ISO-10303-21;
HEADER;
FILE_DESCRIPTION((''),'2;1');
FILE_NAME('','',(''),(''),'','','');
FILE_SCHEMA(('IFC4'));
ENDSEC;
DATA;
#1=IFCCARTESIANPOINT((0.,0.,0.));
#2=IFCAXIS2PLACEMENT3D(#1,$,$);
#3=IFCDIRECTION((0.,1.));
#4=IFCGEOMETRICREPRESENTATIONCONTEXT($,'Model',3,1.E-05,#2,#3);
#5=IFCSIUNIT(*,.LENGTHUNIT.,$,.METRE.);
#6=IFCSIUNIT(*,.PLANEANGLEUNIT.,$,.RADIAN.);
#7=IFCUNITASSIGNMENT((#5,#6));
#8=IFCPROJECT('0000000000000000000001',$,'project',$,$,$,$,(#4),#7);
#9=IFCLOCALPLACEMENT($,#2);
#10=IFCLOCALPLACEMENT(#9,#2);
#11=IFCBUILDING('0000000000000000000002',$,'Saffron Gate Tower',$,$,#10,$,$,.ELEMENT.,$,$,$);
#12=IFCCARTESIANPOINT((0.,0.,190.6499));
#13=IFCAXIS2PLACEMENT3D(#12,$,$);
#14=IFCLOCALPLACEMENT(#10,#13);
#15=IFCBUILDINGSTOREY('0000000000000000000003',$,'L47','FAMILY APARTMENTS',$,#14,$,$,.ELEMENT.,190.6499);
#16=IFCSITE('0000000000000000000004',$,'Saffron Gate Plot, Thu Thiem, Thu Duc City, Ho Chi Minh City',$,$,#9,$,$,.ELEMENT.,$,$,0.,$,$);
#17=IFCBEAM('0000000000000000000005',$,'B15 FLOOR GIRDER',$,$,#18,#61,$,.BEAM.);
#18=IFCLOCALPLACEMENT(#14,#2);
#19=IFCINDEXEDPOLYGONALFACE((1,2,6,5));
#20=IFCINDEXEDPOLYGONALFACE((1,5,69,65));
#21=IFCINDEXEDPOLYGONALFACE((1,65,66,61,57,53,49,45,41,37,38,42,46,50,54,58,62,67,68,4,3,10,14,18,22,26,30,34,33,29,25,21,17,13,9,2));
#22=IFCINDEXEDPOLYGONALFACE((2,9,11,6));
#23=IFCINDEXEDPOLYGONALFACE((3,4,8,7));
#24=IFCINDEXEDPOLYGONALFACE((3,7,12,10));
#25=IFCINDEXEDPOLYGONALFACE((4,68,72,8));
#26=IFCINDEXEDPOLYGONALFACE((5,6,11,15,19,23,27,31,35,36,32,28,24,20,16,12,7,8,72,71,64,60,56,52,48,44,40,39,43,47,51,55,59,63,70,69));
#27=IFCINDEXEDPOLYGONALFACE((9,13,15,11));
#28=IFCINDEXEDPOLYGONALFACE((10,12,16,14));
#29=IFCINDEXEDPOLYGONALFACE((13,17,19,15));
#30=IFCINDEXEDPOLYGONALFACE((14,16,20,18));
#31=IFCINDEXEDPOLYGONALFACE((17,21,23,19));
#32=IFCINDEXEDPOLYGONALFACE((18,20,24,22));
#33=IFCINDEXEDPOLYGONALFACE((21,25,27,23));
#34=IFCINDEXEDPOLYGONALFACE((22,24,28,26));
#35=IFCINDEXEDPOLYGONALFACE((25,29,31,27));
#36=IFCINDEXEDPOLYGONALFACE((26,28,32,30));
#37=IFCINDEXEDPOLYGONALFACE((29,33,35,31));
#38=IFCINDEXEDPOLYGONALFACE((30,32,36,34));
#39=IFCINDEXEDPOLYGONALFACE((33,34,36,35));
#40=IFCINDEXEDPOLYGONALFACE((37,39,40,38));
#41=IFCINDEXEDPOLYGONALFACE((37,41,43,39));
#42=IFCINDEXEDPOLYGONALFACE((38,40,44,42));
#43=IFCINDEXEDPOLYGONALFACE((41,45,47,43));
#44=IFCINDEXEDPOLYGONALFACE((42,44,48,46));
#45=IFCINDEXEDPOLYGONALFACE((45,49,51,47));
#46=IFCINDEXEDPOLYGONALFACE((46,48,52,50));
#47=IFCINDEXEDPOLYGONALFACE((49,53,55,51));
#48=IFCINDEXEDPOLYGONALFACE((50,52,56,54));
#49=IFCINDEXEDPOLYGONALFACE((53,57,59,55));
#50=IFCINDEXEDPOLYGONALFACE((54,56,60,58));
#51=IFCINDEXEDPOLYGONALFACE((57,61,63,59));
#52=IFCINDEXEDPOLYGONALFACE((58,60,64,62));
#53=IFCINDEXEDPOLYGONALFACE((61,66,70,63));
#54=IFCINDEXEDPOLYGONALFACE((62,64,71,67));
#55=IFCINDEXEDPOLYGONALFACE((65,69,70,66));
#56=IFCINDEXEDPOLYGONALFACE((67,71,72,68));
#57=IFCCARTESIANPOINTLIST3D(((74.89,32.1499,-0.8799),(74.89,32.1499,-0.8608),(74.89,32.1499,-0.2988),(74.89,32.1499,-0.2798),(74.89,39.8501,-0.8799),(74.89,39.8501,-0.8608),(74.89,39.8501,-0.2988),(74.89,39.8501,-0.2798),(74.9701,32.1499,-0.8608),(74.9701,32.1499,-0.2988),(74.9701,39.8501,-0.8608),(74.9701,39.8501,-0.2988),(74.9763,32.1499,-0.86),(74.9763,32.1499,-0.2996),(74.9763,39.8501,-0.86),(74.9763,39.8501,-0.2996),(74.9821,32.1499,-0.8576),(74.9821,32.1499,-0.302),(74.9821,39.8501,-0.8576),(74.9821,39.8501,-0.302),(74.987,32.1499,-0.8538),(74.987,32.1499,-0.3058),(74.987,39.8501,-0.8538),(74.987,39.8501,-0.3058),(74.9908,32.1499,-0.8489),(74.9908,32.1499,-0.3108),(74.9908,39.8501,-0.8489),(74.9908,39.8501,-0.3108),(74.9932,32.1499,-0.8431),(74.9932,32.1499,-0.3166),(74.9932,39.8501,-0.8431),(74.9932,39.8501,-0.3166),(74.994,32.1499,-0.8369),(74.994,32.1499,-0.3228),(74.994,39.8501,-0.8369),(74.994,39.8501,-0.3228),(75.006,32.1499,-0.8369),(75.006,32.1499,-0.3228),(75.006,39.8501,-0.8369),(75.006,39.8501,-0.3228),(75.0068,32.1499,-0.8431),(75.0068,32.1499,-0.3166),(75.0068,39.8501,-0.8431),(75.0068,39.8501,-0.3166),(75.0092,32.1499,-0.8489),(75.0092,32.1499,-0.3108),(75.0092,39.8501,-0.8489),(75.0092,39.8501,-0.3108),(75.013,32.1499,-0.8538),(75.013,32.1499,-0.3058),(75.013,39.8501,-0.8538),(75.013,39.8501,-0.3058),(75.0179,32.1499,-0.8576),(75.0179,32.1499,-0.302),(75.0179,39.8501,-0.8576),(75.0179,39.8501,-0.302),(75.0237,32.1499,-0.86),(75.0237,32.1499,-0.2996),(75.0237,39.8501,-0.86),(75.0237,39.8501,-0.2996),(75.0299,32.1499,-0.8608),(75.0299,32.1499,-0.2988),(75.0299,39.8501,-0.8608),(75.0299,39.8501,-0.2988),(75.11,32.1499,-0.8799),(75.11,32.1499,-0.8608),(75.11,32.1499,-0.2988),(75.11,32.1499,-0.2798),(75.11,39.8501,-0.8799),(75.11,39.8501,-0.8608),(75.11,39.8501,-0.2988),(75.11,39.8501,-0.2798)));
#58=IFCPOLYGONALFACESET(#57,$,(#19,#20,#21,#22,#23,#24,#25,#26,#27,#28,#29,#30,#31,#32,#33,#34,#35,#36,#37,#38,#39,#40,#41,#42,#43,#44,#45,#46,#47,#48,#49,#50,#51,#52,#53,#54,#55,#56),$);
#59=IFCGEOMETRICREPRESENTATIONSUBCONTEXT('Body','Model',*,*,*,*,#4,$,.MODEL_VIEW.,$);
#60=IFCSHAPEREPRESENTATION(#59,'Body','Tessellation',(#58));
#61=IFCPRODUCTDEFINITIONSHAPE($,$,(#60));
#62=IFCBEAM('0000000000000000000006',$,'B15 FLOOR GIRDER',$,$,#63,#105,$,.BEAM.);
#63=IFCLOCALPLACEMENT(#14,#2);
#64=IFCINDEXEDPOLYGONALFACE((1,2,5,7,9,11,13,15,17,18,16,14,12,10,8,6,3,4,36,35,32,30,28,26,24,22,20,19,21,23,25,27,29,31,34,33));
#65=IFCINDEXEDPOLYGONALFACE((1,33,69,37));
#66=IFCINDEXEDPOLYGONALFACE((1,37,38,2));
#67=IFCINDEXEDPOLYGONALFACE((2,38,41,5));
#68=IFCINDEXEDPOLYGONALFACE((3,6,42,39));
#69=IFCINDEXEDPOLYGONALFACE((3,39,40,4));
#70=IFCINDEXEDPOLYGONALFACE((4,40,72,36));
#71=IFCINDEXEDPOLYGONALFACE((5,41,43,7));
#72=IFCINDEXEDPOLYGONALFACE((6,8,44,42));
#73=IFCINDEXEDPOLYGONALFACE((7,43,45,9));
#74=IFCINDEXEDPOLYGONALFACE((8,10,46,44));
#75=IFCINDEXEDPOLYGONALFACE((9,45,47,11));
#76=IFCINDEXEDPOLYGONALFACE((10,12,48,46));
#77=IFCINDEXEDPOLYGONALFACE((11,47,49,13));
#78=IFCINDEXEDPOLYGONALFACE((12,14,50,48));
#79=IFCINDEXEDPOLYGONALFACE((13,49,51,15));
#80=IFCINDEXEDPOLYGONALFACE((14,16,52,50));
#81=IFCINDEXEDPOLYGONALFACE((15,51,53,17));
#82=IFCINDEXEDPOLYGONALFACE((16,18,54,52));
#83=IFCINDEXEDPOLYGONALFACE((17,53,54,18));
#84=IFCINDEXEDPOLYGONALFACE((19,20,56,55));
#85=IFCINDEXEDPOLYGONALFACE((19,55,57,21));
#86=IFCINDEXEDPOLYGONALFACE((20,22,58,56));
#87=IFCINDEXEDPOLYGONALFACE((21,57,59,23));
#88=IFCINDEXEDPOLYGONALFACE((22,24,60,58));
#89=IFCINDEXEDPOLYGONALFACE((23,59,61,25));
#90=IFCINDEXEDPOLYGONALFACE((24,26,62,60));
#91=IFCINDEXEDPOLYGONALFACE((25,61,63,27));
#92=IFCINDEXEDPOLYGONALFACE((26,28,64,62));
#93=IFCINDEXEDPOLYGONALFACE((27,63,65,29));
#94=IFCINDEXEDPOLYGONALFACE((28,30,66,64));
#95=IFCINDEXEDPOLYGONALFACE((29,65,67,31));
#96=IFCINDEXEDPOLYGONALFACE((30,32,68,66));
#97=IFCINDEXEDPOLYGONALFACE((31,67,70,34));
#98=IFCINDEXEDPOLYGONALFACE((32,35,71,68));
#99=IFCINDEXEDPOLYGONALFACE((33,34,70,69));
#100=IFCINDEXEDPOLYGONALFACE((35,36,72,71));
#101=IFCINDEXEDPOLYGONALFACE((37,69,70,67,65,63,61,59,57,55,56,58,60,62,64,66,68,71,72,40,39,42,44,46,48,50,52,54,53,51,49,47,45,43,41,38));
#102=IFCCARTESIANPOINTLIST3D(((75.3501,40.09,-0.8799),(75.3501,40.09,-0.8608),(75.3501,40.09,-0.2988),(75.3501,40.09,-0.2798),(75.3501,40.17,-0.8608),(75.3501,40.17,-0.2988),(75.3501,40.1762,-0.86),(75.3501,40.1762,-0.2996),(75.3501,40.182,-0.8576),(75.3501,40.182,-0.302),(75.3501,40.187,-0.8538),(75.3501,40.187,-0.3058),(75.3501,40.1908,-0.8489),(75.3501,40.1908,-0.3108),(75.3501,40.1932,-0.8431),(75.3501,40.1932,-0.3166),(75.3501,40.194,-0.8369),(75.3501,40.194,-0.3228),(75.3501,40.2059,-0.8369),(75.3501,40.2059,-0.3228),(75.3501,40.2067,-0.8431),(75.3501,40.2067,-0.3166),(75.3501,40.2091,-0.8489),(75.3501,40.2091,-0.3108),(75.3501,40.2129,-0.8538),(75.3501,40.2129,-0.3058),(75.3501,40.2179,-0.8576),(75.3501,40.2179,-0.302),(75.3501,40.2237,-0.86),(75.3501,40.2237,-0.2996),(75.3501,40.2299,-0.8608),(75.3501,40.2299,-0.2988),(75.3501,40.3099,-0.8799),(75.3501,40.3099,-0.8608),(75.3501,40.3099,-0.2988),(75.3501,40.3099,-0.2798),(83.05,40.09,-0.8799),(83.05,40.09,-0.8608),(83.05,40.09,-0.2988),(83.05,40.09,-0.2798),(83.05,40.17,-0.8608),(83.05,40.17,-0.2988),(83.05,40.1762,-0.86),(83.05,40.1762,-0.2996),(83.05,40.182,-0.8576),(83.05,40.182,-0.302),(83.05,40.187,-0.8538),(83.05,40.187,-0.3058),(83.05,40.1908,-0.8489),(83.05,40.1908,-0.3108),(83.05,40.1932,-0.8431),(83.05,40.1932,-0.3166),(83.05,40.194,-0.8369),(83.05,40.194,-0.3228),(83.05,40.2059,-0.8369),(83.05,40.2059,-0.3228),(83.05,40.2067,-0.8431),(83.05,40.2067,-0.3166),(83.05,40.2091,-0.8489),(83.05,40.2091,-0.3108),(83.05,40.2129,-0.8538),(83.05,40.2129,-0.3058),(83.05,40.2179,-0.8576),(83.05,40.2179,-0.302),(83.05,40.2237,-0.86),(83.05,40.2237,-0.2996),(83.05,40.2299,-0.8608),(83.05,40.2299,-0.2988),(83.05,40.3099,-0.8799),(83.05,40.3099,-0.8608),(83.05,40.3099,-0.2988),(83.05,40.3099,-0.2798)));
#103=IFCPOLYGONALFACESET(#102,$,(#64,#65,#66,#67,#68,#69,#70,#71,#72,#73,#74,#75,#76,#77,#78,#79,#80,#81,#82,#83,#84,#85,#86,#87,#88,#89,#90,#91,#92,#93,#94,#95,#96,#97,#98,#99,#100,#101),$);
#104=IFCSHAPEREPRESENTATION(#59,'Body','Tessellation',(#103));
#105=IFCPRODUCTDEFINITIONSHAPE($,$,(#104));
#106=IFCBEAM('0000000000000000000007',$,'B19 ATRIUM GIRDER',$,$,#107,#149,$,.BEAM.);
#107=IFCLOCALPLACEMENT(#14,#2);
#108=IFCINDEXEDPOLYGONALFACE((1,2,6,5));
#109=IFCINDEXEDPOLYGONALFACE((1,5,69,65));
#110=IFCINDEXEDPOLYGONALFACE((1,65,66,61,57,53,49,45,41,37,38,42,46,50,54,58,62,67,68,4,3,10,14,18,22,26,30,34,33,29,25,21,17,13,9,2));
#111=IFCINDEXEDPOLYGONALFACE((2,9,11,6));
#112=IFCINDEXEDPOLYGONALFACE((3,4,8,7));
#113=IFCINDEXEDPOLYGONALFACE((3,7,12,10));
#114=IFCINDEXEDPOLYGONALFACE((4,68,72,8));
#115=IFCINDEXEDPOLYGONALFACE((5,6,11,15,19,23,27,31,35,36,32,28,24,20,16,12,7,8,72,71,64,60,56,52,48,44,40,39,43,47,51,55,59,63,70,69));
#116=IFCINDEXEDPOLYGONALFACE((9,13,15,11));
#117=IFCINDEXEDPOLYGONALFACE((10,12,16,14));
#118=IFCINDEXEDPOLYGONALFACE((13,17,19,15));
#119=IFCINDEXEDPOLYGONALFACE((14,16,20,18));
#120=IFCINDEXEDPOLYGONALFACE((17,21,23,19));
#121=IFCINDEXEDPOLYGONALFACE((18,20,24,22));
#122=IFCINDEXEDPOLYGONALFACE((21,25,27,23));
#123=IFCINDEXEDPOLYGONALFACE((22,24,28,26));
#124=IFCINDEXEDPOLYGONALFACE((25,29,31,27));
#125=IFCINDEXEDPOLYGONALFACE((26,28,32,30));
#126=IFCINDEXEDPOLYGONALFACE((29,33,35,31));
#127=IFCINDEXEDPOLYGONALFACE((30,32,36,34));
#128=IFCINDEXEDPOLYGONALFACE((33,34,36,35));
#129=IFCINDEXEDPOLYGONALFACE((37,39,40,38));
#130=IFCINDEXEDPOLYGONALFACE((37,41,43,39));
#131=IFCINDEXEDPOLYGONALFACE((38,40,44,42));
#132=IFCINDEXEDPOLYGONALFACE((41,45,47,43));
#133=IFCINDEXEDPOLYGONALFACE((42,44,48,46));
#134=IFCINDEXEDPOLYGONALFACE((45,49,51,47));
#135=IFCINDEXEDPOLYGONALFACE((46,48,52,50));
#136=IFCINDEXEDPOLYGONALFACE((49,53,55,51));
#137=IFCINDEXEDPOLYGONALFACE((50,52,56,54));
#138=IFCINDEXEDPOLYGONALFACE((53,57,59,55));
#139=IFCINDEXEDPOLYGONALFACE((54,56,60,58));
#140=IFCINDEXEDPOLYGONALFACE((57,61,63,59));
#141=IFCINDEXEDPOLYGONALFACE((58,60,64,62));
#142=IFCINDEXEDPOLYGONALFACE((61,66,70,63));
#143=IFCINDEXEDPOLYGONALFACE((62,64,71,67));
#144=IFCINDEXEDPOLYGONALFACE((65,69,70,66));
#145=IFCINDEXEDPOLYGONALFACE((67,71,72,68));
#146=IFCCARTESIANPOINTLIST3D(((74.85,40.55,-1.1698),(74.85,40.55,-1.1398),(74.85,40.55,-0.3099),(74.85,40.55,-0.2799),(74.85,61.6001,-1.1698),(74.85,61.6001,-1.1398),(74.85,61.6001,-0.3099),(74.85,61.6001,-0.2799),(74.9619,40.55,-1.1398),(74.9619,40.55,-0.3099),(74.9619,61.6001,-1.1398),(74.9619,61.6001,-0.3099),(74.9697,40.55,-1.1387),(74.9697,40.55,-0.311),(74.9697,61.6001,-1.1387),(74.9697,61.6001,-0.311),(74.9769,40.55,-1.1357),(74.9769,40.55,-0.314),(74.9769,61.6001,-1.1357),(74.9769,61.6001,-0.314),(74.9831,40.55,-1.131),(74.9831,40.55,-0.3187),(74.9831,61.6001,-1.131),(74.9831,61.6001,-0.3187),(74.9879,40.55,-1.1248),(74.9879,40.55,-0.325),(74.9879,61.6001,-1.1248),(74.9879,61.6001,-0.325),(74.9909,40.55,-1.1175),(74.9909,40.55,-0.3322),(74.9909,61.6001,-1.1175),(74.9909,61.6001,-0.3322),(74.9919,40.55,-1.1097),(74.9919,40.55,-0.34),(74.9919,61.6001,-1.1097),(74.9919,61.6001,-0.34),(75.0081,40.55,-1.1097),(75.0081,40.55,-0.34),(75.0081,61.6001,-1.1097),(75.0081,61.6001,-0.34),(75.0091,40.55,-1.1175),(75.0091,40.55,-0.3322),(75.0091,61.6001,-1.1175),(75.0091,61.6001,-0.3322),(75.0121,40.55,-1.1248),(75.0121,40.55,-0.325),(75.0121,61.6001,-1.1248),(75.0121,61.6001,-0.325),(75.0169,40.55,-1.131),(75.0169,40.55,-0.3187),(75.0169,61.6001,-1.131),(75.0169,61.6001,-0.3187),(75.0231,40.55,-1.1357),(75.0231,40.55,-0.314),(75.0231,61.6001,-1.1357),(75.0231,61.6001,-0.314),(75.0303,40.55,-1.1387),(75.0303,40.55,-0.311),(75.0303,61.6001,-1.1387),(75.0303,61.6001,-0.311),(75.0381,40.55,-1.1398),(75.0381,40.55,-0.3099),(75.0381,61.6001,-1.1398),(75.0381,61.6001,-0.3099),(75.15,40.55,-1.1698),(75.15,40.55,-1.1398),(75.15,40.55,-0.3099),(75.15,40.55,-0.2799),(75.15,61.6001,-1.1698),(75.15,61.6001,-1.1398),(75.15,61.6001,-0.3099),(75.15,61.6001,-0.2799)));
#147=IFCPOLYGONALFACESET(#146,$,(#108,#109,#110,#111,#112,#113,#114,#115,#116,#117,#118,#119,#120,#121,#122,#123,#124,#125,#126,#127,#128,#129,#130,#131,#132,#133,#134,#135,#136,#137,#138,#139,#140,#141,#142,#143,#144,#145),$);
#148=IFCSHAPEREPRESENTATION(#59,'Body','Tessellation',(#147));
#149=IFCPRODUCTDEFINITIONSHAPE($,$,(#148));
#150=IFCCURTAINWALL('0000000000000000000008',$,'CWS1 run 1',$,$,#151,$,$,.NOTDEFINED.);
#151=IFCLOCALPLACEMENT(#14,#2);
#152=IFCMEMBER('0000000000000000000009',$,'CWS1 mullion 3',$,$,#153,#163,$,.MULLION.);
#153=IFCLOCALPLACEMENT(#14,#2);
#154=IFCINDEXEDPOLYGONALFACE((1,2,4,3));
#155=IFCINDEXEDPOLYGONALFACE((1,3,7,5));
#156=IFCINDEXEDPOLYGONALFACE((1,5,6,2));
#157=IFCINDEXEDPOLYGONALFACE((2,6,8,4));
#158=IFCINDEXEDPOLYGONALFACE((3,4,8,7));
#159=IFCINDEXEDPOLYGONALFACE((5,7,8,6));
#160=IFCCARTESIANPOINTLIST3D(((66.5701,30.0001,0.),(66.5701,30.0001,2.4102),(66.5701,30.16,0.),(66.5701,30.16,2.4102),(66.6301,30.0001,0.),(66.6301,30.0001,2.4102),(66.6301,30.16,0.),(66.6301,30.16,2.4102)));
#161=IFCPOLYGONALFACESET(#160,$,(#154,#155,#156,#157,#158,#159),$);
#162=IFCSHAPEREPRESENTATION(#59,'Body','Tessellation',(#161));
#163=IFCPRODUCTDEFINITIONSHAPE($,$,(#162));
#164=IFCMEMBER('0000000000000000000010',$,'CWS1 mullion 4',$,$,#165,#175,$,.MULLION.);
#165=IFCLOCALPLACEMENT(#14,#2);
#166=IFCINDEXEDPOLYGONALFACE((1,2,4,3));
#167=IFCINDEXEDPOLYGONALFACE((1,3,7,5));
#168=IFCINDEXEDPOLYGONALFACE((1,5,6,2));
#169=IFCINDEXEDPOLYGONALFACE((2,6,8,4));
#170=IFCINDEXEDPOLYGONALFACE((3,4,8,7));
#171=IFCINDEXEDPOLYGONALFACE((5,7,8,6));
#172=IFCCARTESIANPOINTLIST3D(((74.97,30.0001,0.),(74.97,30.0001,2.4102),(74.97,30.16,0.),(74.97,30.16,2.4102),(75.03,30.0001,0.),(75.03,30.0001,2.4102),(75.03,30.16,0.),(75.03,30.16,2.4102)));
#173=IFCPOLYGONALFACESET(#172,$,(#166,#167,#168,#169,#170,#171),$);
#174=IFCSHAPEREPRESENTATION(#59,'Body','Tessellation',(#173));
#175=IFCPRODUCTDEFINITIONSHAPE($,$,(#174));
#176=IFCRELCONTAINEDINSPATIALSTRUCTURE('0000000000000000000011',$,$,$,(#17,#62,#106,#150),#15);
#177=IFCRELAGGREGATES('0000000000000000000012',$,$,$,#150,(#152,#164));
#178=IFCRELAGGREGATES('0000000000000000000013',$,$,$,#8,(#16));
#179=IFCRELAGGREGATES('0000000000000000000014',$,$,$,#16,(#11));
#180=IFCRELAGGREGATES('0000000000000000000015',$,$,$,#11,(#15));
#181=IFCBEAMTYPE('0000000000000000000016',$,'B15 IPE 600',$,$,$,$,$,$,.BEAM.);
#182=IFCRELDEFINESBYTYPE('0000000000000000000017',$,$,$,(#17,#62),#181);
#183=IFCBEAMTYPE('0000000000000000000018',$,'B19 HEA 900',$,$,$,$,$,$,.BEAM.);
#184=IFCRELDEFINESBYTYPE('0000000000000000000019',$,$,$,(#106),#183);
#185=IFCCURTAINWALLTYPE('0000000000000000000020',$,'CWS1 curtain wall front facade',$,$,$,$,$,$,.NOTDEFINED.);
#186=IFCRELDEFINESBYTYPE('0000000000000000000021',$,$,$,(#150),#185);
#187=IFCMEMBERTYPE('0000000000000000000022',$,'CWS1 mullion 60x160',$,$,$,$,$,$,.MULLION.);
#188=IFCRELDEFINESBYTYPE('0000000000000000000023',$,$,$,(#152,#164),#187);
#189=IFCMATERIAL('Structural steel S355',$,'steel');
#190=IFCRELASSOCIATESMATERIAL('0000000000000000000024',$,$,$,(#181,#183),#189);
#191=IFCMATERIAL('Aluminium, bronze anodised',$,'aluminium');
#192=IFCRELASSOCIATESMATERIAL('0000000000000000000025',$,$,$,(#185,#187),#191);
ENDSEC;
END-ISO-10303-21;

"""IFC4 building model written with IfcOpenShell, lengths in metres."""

from ifc_helpers import new_model, si_unit, direction, frame, origin, origin_2d, place, context, subcontext, project, spatial, rectangle, i_section, extrude, material, material_profile, profile_set, type_object, element, aggregate, save


model = new_model("IFC4")

# Units and contexts
model_context = context("Model", 3, precision=1e-05, world=origin(), true_north=direction((0.0, 1.0)))
body_context = subcontext(model_context, "Body", "Model", "MODEL_VIEW")
ifc_project = project(units=[si_unit("LENGTHUNIT", "METRE"), si_unit("PLANEANGLEUNIT", "RADIAN")], contexts=[model_context])

# Site, building, storey
site_placement = place(None, origin())
site = spatial("IfcSite", under=ifc_project, at=site_placement, Name="Saffron Gate Plot, Thu Thiem, Thu Duc City, Ho Chi Minh City", CompositionType="ELEMENT", RefElevation=0.0)
building_placement = place(site_placement, origin())
building = spatial("IfcBuilding", under=site, at=building_placement, Name="Saffron Gate Tower", CompositionType="ELEMENT")
storey_placement = place(building_placement, frame((0.0, 0.0, 190.6499)))
storey = spatial("IfcBuildingStorey", under=building, at=storey_placement, Name="L47", Description="FAMILY APARTMENTS", CompositionType="ELEMENT", Elevation=190.6499)

# Beams
ifc_material_1 = material(Name="Structural steel S355", Category="steel")
ifc_material_profile_1 = material_profile(ifc_material_1, i_section(OverallWidth=0.22, OverallDepth=0.6001, WebThickness=0.012, FlangeThickness=0.019, FilletRadius=0.0239, at=origin_2d()))
ifc_profile_set_1 = profile_set([ifc_material_profile_1], Name="Structural steel S355")
beam_type_1 = type_object("IfcBeamType", Name="B15 IPE 600", PredefinedType="BEAM", material=ifc_profile_set_1)
beam_1_placement = place(storey_placement, frame((75.0, 32.1499, -0.5798), z_axis=(0.0, 1.0, 0.0), x_axis=(-1.0, 0.0, 0.0)))
element("IfcBeam", 1, at=beam_1_placement, inside=storey, type_object=beam_type_1, Name="B15 FLOOR GIRDER", PredefinedType="BEAM", context=body_context, shape_type="SweptSolid", body=[
    extrude(i_section(OverallWidth=0.22, OverallDepth=0.6001, WebThickness=0.012, FlangeThickness=0.019, FilletRadius=0.0239, at=origin_2d()), origin(), (0.0, 0.0, 1.0), 7.7002),
])
beam_2_placement = place(storey_placement, frame((75.3501, 40.2, -0.5798), z_axis=(1.0, 0.0, 0.0), x_axis=(0.0, 1.0, 0.0)))
element("IfcBeam", 2, at=beam_2_placement, inside=storey, type_object=beam_type_1, Name="B15 FLOOR GIRDER", PredefinedType="BEAM", context=body_context, shape_type="SweptSolid", body=[
    extrude(i_section(OverallWidth=0.22, OverallDepth=0.6001, WebThickness=0.012, FlangeThickness=0.019, FilletRadius=0.0239, at=origin_2d()), origin(), (0.0, 0.0, 1.0), 7.7),
])
ifc_material_profile_2 = material_profile(ifc_material_1, i_section(OverallWidth=0.3, OverallDepth=0.8899, WebThickness=0.0161, FlangeThickness=0.03, FilletRadius=0.03, at=origin_2d()))
ifc_profile_set_2 = profile_set([ifc_material_profile_2], Name="Structural steel S355")
beam_type_2 = type_object("IfcBeamType", Name="B19 HEA 900", PredefinedType="BEAM", material=ifc_profile_set_2)
beam_3_placement = place(storey_placement, frame((75.0, 40.55, -0.7249), z_axis=(0.0, 1.0, 0.0), x_axis=(-1.0, 0.0, 0.0)))
element("IfcBeam", 3, at=beam_3_placement, inside=storey, type_object=beam_type_2, Name="B19 ATRIUM GIRDER", PredefinedType="BEAM", context=body_context, shape_type="SweptSolid", body=[
    extrude(i_section(OverallWidth=0.3, OverallDepth=0.8899, WebThickness=0.0161, FlangeThickness=0.03, FilletRadius=0.03, at=origin_2d()), origin(), (0.0, 0.0, 1.0), 21.05),
])

# Curtain wall, members
ifc_material_2 = material(Name="Aluminium, bronze anodised", Category="aluminium")
curtain_wall_type = type_object("IfcCurtainWallType", Name="CWS1 curtain wall front facade", PredefinedType="NOTDEFINED", material=ifc_material_2)
curtain_wall_placement = place(storey_placement, origin())
curtain_wall = element("IfcCurtainWall", 4, at=curtain_wall_placement, inside=storey, type_object=curtain_wall_type, Name="CWS1 run 1", PredefinedType="NOTDEFINED")
ifc_material_profile_3 = material_profile(ifc_material_2, rectangle(XDim=0.1599, YDim=0.0601, at=origin_2d()))
ifc_profile_set_3 = profile_set([ifc_material_profile_3], Name="Aluminium, bronze anodised")
member_type = type_object("IfcMemberType", Name="CWS1 mullion 60x160", PredefinedType="MULLION", material=ifc_profile_set_3)
member_1_placement = place(storey_placement, frame((66.6001, 30.0801, 0.0), z_axis=(0.0, 0.0, 1.0), x_axis=(0.0, 1.0, 0.0)))
member_1 = element("IfcMember", 5, at=member_1_placement, type_object=member_type, Name="CWS1 mullion 3", PredefinedType="MULLION", context=body_context, shape_type="SweptSolid", body=[
    extrude(rectangle(XDim=0.1599, YDim=0.0601, at=origin_2d()), origin(), (0.0, 0.0, 1.0), 2.4102),
])
member_2_placement = place(storey_placement, frame((75.0, 30.0801, 0.0), z_axis=(0.0, 0.0, 1.0), x_axis=(0.0, 1.0, 0.0)))
member_2 = element("IfcMember", 6, at=member_2_placement, type_object=member_type, Name="CWS1 mullion 4", PredefinedType="MULLION", context=body_context, shape_type="SweptSolid", body=[
    extrude(rectangle(XDim=0.1599, YDim=0.0601, at=origin_2d()), origin(), (0.0, 0.0, 1.0), 2.4102),
])
aggregate(curtain_wall, [member_1, member_2])

save(model, "model.ifc")
